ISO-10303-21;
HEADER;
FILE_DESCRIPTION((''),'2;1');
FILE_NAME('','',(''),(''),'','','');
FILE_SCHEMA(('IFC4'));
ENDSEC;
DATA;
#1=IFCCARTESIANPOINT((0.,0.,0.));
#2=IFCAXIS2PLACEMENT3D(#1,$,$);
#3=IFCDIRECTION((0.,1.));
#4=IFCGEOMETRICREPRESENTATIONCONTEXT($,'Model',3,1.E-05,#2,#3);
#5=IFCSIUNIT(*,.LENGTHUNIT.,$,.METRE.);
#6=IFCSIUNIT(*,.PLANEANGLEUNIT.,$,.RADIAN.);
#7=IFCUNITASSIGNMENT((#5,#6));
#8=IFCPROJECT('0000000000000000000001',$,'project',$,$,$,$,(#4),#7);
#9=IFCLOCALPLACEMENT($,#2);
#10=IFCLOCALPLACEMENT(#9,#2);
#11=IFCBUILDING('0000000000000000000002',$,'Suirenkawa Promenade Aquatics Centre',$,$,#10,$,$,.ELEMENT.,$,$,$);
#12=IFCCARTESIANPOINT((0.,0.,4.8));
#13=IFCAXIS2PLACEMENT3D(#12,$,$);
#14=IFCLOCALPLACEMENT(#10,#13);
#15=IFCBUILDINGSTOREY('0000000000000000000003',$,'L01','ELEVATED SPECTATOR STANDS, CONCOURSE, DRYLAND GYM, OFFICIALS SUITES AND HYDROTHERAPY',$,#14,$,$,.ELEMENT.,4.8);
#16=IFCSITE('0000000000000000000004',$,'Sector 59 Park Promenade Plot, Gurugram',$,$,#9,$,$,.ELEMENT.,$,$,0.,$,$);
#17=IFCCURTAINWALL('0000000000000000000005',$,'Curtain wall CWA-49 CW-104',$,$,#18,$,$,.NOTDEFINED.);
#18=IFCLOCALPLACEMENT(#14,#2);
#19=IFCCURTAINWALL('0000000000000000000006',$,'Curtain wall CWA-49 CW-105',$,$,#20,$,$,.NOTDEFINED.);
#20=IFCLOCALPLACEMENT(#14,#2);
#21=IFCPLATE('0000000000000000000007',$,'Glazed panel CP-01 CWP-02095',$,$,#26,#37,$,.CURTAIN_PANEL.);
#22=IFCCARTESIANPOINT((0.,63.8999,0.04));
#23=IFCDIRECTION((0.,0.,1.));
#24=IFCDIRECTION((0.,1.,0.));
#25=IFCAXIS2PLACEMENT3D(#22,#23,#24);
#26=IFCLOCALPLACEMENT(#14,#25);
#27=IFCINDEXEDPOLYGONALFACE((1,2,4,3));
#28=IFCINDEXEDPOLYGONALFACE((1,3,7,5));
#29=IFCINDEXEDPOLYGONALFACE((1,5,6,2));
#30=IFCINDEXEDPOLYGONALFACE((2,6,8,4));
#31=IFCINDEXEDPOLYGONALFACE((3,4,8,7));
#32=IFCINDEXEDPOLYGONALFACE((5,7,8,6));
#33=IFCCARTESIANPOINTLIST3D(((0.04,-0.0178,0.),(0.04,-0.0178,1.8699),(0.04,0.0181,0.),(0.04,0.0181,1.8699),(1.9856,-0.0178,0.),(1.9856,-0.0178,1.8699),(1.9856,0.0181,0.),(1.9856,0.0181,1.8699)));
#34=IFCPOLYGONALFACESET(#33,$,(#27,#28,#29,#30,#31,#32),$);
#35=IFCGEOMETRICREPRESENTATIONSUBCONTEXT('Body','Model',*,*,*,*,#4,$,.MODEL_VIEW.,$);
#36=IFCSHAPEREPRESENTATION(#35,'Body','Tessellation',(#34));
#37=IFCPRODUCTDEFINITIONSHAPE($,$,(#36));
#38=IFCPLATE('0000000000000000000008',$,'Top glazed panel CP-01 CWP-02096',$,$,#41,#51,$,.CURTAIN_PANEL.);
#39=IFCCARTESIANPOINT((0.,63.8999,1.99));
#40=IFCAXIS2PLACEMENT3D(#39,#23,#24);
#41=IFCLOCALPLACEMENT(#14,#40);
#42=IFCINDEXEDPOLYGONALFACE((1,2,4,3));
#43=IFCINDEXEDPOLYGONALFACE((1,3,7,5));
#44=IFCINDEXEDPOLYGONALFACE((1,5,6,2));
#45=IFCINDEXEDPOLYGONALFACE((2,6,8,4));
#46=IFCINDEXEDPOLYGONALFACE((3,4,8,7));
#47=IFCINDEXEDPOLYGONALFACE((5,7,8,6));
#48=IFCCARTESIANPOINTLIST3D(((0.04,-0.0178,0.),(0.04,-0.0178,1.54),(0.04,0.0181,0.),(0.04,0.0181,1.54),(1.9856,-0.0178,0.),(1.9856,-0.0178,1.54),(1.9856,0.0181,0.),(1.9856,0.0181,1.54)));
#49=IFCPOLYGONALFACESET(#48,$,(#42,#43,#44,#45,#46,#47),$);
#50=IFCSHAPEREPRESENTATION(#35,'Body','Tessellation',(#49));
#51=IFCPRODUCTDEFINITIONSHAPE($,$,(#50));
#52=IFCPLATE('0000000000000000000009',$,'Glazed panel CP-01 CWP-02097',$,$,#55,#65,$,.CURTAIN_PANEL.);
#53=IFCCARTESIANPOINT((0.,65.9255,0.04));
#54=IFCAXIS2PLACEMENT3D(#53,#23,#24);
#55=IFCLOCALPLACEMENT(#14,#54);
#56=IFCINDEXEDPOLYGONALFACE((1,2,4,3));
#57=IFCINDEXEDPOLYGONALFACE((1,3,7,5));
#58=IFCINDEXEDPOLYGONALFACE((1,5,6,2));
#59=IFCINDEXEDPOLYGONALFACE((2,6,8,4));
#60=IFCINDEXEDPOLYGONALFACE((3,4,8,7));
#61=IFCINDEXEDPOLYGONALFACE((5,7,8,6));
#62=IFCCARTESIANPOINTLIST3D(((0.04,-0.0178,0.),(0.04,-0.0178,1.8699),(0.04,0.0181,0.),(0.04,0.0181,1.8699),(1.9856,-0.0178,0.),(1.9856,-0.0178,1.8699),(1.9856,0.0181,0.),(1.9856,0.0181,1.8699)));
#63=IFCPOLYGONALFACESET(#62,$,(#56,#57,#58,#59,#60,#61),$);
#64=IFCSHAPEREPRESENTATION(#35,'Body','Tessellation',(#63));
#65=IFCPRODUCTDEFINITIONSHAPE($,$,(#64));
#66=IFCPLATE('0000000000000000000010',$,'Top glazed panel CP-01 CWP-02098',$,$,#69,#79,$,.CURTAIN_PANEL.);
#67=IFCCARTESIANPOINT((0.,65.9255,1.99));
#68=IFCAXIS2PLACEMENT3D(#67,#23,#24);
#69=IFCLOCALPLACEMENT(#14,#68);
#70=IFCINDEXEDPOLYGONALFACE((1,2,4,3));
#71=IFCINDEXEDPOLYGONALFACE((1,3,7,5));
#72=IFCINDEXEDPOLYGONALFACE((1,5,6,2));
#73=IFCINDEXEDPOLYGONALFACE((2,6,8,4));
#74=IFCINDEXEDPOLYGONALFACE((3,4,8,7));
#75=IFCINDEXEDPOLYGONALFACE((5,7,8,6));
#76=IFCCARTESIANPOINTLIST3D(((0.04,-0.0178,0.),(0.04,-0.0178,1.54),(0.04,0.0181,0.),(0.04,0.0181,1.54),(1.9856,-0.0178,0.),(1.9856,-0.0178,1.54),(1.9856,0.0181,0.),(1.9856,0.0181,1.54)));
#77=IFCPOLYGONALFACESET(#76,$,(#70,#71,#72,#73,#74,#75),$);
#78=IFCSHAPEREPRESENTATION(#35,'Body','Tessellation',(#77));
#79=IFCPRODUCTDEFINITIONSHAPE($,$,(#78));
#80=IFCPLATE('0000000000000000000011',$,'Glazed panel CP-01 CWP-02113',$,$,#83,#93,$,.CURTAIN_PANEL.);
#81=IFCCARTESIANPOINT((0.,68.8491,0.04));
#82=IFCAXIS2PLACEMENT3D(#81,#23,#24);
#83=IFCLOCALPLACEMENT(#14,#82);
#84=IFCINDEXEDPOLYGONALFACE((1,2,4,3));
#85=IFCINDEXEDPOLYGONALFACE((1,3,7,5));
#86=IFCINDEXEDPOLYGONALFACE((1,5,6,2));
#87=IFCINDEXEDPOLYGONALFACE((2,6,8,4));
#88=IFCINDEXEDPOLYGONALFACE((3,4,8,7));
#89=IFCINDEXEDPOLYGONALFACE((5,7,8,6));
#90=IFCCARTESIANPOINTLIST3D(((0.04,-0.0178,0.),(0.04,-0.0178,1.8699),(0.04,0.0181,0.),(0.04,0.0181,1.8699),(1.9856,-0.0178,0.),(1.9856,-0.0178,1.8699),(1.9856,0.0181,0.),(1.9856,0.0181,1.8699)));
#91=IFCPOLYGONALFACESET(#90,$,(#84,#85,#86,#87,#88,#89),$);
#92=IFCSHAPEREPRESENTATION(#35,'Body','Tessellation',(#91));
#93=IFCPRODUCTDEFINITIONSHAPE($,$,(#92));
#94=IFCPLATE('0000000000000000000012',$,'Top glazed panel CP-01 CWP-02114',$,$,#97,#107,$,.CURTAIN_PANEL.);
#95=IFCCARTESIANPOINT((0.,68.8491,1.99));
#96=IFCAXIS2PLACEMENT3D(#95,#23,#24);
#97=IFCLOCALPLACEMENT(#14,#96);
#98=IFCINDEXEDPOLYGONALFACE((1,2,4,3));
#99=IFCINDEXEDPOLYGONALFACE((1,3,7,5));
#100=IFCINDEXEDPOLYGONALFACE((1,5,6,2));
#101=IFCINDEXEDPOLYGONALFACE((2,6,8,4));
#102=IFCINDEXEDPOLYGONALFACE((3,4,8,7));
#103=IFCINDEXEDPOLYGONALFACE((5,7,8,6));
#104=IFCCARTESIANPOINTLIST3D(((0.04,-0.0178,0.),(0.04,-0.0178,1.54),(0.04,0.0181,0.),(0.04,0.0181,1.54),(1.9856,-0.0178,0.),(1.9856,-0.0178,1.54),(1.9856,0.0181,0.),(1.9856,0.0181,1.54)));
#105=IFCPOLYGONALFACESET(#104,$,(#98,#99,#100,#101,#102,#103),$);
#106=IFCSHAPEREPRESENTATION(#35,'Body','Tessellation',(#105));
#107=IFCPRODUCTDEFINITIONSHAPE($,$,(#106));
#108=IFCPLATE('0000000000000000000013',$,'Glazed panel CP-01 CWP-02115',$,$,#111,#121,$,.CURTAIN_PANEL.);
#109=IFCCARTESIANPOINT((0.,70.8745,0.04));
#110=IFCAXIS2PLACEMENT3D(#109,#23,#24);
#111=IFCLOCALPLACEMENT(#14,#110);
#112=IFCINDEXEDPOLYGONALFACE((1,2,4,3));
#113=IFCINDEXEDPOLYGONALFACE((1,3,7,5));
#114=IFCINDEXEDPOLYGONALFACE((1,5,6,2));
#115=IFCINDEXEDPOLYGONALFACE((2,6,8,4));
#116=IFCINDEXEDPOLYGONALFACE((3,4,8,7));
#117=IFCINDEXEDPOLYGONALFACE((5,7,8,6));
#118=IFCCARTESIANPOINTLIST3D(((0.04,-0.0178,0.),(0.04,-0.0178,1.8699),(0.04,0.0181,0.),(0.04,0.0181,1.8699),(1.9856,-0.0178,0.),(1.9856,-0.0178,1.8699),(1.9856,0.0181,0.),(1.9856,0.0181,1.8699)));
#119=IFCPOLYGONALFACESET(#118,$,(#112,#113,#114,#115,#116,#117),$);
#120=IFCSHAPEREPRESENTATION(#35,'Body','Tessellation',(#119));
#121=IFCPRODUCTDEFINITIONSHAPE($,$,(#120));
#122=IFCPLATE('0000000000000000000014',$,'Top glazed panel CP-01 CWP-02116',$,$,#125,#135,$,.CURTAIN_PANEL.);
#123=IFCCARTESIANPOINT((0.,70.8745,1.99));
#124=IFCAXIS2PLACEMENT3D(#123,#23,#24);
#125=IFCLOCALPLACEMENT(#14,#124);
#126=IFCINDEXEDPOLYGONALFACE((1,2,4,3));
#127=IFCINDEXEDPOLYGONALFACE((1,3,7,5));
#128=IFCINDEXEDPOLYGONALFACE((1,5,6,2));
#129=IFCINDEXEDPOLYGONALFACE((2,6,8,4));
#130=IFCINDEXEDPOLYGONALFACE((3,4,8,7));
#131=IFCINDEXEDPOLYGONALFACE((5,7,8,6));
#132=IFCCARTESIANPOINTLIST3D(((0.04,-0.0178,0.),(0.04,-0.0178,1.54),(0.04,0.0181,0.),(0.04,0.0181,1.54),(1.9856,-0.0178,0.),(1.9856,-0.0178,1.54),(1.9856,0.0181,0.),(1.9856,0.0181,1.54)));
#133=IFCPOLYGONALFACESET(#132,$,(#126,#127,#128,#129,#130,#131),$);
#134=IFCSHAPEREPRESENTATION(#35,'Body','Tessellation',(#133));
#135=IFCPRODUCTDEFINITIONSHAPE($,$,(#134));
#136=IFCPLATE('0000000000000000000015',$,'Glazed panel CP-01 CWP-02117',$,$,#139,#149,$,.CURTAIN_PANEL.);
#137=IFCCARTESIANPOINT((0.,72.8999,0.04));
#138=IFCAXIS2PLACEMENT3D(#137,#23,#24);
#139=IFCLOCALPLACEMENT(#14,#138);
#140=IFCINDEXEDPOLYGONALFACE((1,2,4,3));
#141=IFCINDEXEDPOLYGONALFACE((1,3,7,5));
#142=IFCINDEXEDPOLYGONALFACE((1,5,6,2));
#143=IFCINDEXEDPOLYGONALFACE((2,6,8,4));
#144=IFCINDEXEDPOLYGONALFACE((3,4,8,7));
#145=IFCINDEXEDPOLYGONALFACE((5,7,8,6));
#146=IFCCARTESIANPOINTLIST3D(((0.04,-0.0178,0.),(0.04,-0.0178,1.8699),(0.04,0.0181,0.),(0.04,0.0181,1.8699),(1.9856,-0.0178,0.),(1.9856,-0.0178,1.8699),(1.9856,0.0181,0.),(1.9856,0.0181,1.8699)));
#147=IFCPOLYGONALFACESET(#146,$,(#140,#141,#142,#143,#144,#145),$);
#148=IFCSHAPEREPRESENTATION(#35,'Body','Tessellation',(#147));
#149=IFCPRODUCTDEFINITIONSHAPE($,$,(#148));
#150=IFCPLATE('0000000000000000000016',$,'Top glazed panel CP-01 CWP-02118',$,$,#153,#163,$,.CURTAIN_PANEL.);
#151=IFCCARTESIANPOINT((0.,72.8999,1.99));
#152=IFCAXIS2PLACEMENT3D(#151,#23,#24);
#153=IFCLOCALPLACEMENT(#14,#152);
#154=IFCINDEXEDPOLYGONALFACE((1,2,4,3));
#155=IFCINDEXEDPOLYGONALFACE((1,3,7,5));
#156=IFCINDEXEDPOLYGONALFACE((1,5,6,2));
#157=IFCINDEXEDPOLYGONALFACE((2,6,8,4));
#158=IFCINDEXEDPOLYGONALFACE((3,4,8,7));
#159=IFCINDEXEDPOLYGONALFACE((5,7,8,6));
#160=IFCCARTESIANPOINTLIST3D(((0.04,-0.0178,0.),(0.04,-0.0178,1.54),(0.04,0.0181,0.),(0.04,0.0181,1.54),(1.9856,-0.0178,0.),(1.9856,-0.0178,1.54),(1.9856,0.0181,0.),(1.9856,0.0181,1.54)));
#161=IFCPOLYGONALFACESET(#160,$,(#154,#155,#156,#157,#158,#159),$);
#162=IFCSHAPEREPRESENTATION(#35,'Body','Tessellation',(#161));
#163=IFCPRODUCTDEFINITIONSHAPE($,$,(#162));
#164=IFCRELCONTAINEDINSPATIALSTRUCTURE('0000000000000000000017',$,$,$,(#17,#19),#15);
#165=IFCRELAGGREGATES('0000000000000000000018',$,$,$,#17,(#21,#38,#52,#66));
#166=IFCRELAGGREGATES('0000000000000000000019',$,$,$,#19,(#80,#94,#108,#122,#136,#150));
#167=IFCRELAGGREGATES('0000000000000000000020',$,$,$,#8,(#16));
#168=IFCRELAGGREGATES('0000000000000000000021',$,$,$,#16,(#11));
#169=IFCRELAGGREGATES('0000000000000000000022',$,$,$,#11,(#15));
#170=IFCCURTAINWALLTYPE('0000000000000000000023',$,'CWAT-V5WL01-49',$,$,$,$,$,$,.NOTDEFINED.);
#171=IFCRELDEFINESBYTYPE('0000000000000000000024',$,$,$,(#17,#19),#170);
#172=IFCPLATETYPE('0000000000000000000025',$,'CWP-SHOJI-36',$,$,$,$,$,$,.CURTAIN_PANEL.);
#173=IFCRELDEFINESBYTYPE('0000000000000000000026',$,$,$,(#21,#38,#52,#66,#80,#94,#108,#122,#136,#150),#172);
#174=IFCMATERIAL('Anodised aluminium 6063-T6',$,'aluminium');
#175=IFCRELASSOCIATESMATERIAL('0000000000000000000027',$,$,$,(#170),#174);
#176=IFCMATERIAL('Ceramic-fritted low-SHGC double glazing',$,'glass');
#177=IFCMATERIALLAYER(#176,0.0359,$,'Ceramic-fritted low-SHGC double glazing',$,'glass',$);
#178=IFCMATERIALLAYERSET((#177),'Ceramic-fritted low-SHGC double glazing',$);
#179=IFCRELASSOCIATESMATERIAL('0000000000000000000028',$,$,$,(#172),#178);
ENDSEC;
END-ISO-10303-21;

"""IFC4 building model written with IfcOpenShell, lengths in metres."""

from ifc_helpers import new_model, si_unit, direction, frame, origin, place, context, subcontext, project, spatial, polyline, outline, extrude, material, layer, layer_set, type_object, element, aggregate, save


model = new_model("IFC4")

# Units and contexts
model_context = context("Model", 3, precision=1e-05, world=origin(), true_north=direction((0.0, 1.0)))
body_context = subcontext(model_context, "Body", "Model", "MODEL_VIEW")
ifc_project = project(units=[si_unit("LENGTHUNIT", "METRE"), si_unit("PLANEANGLEUNIT", "RADIAN")], contexts=[model_context])

# Site, building, storey
site_placement = place(None, origin())
site = spatial("IfcSite", under=ifc_project, at=site_placement, Name="Sector 59 Park Promenade Plot, Gurugram", CompositionType="ELEMENT", RefElevation=0.0)
building_placement = place(site_placement, origin())
building = spatial("IfcBuilding", under=site, at=building_placement, Name="Suirenkawa Promenade Aquatics Centre", CompositionType="ELEMENT")
storey_placement = place(building_placement, frame((0.0, 0.0, 4.8)))
storey = spatial("IfcBuildingStorey", under=building, at=storey_placement, Name="L01", Description="ELEVATED SPECTATOR STANDS, CONCOURSE, DRYLAND GYM, OFFICIALS SUITES AND HYDROTHERAPY", CompositionType="ELEMENT", Elevation=4.8)

# Curtain walls
ifc_material_1 = material(Name="Anodised aluminium 6063-T6", Category="aluminium")
curtain_wall_type = type_object("IfcCurtainWallType", Name="CWAT-V5WL01-49", PredefinedType="NOTDEFINED", material=ifc_material_1)
curtain_wall_1_placement = place(storey_placement, origin())
curtain_wall_1 = element("IfcCurtainWall", 1, at=curtain_wall_1_placement, inside=storey, type_object=curtain_wall_type, Name="Curtain wall CWA-49 CW-104", PredefinedType="NOTDEFINED")
curtain_wall_2_placement = place(storey_placement, origin())
curtain_wall_2 = element("IfcCurtainWall", 2, at=curtain_wall_2_placement, inside=storey, type_object=curtain_wall_type, Name="Curtain wall CWA-49 CW-105", PredefinedType="NOTDEFINED")

# Plates
ifc_material_2 = material(Name="Ceramic-fritted low-SHGC double glazing", Category="glass")
ifc_layer = layer(ifc_material_2, 0.0359, Name="Ceramic-fritted low-SHGC double glazing", Category="glass")
ifc_layer_set = layer_set([ifc_layer], Name="Ceramic-fritted low-SHGC double glazing")
plate_type = type_object("IfcPlateType", Name="CWP-SHOJI-36", PredefinedType="CURTAIN_PANEL", material=ifc_layer_set)
plate_1_placement = place(storey_placement, frame((0.0, 63.8999, 0.04), z_axis=(0.0, 0.0, 1.0), x_axis=(0.0, 1.0, 0.0)))
plate_1 = element("IfcPlate", 3, at=plate_1_placement, type_object=plate_type, Name="Glazed panel CP-01 CWP-02095", PredefinedType="CURTAIN_PANEL", context=body_context, shape_type="SweptSolid", body=[
    extrude(outline(polyline([(0.04, 0.0), (1.9856, 0.0), (1.9856, 1.8699), (0.04, 1.8699), (0.04, 0.0)])), frame((0.0, 0.0181, 0.0), z_axis=(0.0, -1.0, 0.0), x_axis=(1.0, 0.0, 0.0)), (0.0, 0.0, 1.0), 0.0359),
])
plate_2_placement = place(storey_placement, frame((0.0, 63.8999, 1.99), z_axis=(0.0, 0.0, 1.0), x_axis=(0.0, 1.0, 0.0)))
plate_2 = element("IfcPlate", 4, at=plate_2_placement, type_object=plate_type, Name="Top glazed panel CP-01 CWP-02096", PredefinedType="CURTAIN_PANEL", context=body_context, shape_type="SweptSolid", body=[
    extrude(outline(polyline([(0.04, 0.0), (1.9856, 0.0), (1.9856, 1.54), (0.04, 1.54), (0.04, 0.0)])), frame((0.0, 0.0181, 0.0), z_axis=(0.0, -1.0, 0.0), x_axis=(1.0, 0.0, 0.0)), (0.0, 0.0, 1.0), 0.0359),
])
plate_3_placement = place(storey_placement, frame((0.0, 65.9255, 0.04), z_axis=(0.0, 0.0, 1.0), x_axis=(0.0, 1.0, 0.0)))
plate_3 = element("IfcPlate", 5, at=plate_3_placement, type_object=plate_type, Name="Glazed panel CP-01 CWP-02097", PredefinedType="CURTAIN_PANEL", context=body_context, shape_type="SweptSolid", body=[
    extrude(outline(polyline([(0.04, 0.0), (1.9856, 0.0), (1.9856, 1.8699), (0.04, 1.8699), (0.04, 0.0)])), frame((0.0, 0.0181, 0.0), z_axis=(0.0, -1.0, 0.0), x_axis=(1.0, 0.0, 0.0)), (0.0, 0.0, 1.0), 0.0359),
])
plate_4_placement = place(storey_placement, frame((0.0, 65.9255, 1.99), z_axis=(0.0, 0.0, 1.0), x_axis=(0.0, 1.0, 0.0)))
plate_4 = element("IfcPlate", 6, at=plate_4_placement, type_object=plate_type, Name="Top glazed panel CP-01 CWP-02098", PredefinedType="CURTAIN_PANEL", context=body_context, shape_type="SweptSolid", body=[
    extrude(outline(polyline([(0.04, 0.0), (1.9856, 0.0), (1.9856, 1.54), (0.04, 1.54), (0.04, 0.0)])), frame((0.0, 0.0181, 0.0), z_axis=(0.0, -1.0, 0.0), x_axis=(1.0, 0.0, 0.0)), (0.0, 0.0, 1.0), 0.0359),
])
aggregate(curtain_wall_1, [plate_1, plate_2, plate_3, plate_4])
plate_5_placement = place(storey_placement, frame((0.0, 68.8491, 0.04), z_axis=(0.0, 0.0, 1.0), x_axis=(0.0, 1.0, 0.0)))
plate_5 = element("IfcPlate", 7, at=plate_5_placement, type_object=plate_type, Name="Glazed panel CP-01 CWP-02113", PredefinedType="CURTAIN_PANEL", context=body_context, shape_type="SweptSolid", body=[
    extrude(outline(polyline([(0.04, 0.0), (1.9856, 0.0), (1.9856, 1.8699), (0.04, 1.8699), (0.04, 0.0)])), frame((0.0, 0.0181, 0.0), z_axis=(0.0, -1.0, 0.0), x_axis=(1.0, 0.0, 0.0)), (0.0, 0.0, 1.0), 0.0359),
])
plate_6_placement = place(storey_placement, frame((0.0, 68.8491, 1.99), z_axis=(0.0, 0.0, 1.0), x_axis=(0.0, 1.0, 0.0)))
plate_6 = element("IfcPlate", 8, at=plate_6_placement, type_object=plate_type, Name="Top glazed panel CP-01 CWP-02114", PredefinedType="CURTAIN_PANEL", context=body_context, shape_type="SweptSolid", body=[
    extrude(outline(polyline([(0.04, 0.0), (1.9856, 0.0), (1.9856, 1.54), (0.04, 1.54), (0.04, 0.0)])), frame((0.0, 0.0181, 0.0), z_axis=(0.0, -1.0, 0.0), x_axis=(1.0, 0.0, 0.0)), (0.0, 0.0, 1.0), 0.0359),
])
plate_7_placement = place(storey_placement, frame((0.0, 70.8745, 0.04), z_axis=(0.0, 0.0, 1.0), x_axis=(0.0, 1.0, 0.0)))
plate_7 = element("IfcPlate", 9, at=plate_7_placement, type_object=plate_type, Name="Glazed panel CP-01 CWP-02115", PredefinedType="CURTAIN_PANEL", context=body_context, shape_type="SweptSolid", body=[
    extrude(outline(polyline([(0.04, 0.0), (1.9856, 0.0), (1.9856, 1.8699), (0.04, 1.8699), (0.04, 0.0)])), frame((0.0, 0.0181, 0.0), z_axis=(0.0, -1.0, 0.0), x_axis=(1.0, 0.0, 0.0)), (0.0, 0.0, 1.0), 0.0359),
])
plate_8_placement = place(storey_placement, frame((0.0, 70.8745, 1.99), z_axis=(0.0, 0.0, 1.0), x_axis=(0.0, 1.0, 0.0)))
plate_8 = element("IfcPlate", 10, at=plate_8_placement, type_object=plate_type, Name="Top glazed panel CP-01 CWP-02116", PredefinedType="CURTAIN_PANEL", context=body_context, shape_type="SweptSolid", body=[
    extrude(outline(polyline([(0.04, 0.0), (1.9856, 0.0), (1.9856, 1.54), (0.04, 1.54), (0.04, 0.0)])), frame((0.0, 0.0181, 0.0), z_axis=(0.0, -1.0, 0.0), x_axis=(1.0, 0.0, 0.0)), (0.0, 0.0, 1.0), 0.0359),
])
plate_9_placement = place(storey_placement, frame((0.0, 72.8999, 0.04), z_axis=(0.0, 0.0, 1.0), x_axis=(0.0, 1.0, 0.0)))
plate_9 = element("IfcPlate", 11, at=plate_9_placement, type_object=plate_type, Name="Glazed panel CP-01 CWP-02117", PredefinedType="CURTAIN_PANEL", context=body_context, shape_type="SweptSolid", body=[
    extrude(outline(polyline([(0.04, 0.0), (1.9856, 0.0), (1.9856, 1.8699), (0.04, 1.8699), (0.04, 0.0)])), frame((0.0, 0.0181, 0.0), z_axis=(0.0, -1.0, 0.0), x_axis=(1.0, 0.0, 0.0)), (0.0, 0.0, 1.0), 0.0359),
])
plate_10_placement = place(storey_placement, frame((0.0, 72.8999, 1.99), z_axis=(0.0, 0.0, 1.0), x_axis=(0.0, 1.0, 0.0)))
plate_10 = element("IfcPlate", 12, at=plate_10_placement, type_object=plate_type, Name="Top glazed panel CP-01 CWP-02118", PredefinedType="CURTAIN_PANEL", context=body_context, shape_type="SweptSolid", body=[
    extrude(outline(polyline([(0.04, 0.0), (1.9856, 0.0), (1.9856, 1.54), (0.04, 1.54), (0.04, 0.0)])), frame((0.0, 0.0181, 0.0), z_axis=(0.0, -1.0, 0.0), x_axis=(1.0, 0.0, 0.0)), (0.0, 0.0, 1.0), 0.0359),
])
aggregate(curtain_wall_2, [plate_5, plate_6, plate_7, plate_8, plate_9, plate_10])

save(model, "model.ifc")
